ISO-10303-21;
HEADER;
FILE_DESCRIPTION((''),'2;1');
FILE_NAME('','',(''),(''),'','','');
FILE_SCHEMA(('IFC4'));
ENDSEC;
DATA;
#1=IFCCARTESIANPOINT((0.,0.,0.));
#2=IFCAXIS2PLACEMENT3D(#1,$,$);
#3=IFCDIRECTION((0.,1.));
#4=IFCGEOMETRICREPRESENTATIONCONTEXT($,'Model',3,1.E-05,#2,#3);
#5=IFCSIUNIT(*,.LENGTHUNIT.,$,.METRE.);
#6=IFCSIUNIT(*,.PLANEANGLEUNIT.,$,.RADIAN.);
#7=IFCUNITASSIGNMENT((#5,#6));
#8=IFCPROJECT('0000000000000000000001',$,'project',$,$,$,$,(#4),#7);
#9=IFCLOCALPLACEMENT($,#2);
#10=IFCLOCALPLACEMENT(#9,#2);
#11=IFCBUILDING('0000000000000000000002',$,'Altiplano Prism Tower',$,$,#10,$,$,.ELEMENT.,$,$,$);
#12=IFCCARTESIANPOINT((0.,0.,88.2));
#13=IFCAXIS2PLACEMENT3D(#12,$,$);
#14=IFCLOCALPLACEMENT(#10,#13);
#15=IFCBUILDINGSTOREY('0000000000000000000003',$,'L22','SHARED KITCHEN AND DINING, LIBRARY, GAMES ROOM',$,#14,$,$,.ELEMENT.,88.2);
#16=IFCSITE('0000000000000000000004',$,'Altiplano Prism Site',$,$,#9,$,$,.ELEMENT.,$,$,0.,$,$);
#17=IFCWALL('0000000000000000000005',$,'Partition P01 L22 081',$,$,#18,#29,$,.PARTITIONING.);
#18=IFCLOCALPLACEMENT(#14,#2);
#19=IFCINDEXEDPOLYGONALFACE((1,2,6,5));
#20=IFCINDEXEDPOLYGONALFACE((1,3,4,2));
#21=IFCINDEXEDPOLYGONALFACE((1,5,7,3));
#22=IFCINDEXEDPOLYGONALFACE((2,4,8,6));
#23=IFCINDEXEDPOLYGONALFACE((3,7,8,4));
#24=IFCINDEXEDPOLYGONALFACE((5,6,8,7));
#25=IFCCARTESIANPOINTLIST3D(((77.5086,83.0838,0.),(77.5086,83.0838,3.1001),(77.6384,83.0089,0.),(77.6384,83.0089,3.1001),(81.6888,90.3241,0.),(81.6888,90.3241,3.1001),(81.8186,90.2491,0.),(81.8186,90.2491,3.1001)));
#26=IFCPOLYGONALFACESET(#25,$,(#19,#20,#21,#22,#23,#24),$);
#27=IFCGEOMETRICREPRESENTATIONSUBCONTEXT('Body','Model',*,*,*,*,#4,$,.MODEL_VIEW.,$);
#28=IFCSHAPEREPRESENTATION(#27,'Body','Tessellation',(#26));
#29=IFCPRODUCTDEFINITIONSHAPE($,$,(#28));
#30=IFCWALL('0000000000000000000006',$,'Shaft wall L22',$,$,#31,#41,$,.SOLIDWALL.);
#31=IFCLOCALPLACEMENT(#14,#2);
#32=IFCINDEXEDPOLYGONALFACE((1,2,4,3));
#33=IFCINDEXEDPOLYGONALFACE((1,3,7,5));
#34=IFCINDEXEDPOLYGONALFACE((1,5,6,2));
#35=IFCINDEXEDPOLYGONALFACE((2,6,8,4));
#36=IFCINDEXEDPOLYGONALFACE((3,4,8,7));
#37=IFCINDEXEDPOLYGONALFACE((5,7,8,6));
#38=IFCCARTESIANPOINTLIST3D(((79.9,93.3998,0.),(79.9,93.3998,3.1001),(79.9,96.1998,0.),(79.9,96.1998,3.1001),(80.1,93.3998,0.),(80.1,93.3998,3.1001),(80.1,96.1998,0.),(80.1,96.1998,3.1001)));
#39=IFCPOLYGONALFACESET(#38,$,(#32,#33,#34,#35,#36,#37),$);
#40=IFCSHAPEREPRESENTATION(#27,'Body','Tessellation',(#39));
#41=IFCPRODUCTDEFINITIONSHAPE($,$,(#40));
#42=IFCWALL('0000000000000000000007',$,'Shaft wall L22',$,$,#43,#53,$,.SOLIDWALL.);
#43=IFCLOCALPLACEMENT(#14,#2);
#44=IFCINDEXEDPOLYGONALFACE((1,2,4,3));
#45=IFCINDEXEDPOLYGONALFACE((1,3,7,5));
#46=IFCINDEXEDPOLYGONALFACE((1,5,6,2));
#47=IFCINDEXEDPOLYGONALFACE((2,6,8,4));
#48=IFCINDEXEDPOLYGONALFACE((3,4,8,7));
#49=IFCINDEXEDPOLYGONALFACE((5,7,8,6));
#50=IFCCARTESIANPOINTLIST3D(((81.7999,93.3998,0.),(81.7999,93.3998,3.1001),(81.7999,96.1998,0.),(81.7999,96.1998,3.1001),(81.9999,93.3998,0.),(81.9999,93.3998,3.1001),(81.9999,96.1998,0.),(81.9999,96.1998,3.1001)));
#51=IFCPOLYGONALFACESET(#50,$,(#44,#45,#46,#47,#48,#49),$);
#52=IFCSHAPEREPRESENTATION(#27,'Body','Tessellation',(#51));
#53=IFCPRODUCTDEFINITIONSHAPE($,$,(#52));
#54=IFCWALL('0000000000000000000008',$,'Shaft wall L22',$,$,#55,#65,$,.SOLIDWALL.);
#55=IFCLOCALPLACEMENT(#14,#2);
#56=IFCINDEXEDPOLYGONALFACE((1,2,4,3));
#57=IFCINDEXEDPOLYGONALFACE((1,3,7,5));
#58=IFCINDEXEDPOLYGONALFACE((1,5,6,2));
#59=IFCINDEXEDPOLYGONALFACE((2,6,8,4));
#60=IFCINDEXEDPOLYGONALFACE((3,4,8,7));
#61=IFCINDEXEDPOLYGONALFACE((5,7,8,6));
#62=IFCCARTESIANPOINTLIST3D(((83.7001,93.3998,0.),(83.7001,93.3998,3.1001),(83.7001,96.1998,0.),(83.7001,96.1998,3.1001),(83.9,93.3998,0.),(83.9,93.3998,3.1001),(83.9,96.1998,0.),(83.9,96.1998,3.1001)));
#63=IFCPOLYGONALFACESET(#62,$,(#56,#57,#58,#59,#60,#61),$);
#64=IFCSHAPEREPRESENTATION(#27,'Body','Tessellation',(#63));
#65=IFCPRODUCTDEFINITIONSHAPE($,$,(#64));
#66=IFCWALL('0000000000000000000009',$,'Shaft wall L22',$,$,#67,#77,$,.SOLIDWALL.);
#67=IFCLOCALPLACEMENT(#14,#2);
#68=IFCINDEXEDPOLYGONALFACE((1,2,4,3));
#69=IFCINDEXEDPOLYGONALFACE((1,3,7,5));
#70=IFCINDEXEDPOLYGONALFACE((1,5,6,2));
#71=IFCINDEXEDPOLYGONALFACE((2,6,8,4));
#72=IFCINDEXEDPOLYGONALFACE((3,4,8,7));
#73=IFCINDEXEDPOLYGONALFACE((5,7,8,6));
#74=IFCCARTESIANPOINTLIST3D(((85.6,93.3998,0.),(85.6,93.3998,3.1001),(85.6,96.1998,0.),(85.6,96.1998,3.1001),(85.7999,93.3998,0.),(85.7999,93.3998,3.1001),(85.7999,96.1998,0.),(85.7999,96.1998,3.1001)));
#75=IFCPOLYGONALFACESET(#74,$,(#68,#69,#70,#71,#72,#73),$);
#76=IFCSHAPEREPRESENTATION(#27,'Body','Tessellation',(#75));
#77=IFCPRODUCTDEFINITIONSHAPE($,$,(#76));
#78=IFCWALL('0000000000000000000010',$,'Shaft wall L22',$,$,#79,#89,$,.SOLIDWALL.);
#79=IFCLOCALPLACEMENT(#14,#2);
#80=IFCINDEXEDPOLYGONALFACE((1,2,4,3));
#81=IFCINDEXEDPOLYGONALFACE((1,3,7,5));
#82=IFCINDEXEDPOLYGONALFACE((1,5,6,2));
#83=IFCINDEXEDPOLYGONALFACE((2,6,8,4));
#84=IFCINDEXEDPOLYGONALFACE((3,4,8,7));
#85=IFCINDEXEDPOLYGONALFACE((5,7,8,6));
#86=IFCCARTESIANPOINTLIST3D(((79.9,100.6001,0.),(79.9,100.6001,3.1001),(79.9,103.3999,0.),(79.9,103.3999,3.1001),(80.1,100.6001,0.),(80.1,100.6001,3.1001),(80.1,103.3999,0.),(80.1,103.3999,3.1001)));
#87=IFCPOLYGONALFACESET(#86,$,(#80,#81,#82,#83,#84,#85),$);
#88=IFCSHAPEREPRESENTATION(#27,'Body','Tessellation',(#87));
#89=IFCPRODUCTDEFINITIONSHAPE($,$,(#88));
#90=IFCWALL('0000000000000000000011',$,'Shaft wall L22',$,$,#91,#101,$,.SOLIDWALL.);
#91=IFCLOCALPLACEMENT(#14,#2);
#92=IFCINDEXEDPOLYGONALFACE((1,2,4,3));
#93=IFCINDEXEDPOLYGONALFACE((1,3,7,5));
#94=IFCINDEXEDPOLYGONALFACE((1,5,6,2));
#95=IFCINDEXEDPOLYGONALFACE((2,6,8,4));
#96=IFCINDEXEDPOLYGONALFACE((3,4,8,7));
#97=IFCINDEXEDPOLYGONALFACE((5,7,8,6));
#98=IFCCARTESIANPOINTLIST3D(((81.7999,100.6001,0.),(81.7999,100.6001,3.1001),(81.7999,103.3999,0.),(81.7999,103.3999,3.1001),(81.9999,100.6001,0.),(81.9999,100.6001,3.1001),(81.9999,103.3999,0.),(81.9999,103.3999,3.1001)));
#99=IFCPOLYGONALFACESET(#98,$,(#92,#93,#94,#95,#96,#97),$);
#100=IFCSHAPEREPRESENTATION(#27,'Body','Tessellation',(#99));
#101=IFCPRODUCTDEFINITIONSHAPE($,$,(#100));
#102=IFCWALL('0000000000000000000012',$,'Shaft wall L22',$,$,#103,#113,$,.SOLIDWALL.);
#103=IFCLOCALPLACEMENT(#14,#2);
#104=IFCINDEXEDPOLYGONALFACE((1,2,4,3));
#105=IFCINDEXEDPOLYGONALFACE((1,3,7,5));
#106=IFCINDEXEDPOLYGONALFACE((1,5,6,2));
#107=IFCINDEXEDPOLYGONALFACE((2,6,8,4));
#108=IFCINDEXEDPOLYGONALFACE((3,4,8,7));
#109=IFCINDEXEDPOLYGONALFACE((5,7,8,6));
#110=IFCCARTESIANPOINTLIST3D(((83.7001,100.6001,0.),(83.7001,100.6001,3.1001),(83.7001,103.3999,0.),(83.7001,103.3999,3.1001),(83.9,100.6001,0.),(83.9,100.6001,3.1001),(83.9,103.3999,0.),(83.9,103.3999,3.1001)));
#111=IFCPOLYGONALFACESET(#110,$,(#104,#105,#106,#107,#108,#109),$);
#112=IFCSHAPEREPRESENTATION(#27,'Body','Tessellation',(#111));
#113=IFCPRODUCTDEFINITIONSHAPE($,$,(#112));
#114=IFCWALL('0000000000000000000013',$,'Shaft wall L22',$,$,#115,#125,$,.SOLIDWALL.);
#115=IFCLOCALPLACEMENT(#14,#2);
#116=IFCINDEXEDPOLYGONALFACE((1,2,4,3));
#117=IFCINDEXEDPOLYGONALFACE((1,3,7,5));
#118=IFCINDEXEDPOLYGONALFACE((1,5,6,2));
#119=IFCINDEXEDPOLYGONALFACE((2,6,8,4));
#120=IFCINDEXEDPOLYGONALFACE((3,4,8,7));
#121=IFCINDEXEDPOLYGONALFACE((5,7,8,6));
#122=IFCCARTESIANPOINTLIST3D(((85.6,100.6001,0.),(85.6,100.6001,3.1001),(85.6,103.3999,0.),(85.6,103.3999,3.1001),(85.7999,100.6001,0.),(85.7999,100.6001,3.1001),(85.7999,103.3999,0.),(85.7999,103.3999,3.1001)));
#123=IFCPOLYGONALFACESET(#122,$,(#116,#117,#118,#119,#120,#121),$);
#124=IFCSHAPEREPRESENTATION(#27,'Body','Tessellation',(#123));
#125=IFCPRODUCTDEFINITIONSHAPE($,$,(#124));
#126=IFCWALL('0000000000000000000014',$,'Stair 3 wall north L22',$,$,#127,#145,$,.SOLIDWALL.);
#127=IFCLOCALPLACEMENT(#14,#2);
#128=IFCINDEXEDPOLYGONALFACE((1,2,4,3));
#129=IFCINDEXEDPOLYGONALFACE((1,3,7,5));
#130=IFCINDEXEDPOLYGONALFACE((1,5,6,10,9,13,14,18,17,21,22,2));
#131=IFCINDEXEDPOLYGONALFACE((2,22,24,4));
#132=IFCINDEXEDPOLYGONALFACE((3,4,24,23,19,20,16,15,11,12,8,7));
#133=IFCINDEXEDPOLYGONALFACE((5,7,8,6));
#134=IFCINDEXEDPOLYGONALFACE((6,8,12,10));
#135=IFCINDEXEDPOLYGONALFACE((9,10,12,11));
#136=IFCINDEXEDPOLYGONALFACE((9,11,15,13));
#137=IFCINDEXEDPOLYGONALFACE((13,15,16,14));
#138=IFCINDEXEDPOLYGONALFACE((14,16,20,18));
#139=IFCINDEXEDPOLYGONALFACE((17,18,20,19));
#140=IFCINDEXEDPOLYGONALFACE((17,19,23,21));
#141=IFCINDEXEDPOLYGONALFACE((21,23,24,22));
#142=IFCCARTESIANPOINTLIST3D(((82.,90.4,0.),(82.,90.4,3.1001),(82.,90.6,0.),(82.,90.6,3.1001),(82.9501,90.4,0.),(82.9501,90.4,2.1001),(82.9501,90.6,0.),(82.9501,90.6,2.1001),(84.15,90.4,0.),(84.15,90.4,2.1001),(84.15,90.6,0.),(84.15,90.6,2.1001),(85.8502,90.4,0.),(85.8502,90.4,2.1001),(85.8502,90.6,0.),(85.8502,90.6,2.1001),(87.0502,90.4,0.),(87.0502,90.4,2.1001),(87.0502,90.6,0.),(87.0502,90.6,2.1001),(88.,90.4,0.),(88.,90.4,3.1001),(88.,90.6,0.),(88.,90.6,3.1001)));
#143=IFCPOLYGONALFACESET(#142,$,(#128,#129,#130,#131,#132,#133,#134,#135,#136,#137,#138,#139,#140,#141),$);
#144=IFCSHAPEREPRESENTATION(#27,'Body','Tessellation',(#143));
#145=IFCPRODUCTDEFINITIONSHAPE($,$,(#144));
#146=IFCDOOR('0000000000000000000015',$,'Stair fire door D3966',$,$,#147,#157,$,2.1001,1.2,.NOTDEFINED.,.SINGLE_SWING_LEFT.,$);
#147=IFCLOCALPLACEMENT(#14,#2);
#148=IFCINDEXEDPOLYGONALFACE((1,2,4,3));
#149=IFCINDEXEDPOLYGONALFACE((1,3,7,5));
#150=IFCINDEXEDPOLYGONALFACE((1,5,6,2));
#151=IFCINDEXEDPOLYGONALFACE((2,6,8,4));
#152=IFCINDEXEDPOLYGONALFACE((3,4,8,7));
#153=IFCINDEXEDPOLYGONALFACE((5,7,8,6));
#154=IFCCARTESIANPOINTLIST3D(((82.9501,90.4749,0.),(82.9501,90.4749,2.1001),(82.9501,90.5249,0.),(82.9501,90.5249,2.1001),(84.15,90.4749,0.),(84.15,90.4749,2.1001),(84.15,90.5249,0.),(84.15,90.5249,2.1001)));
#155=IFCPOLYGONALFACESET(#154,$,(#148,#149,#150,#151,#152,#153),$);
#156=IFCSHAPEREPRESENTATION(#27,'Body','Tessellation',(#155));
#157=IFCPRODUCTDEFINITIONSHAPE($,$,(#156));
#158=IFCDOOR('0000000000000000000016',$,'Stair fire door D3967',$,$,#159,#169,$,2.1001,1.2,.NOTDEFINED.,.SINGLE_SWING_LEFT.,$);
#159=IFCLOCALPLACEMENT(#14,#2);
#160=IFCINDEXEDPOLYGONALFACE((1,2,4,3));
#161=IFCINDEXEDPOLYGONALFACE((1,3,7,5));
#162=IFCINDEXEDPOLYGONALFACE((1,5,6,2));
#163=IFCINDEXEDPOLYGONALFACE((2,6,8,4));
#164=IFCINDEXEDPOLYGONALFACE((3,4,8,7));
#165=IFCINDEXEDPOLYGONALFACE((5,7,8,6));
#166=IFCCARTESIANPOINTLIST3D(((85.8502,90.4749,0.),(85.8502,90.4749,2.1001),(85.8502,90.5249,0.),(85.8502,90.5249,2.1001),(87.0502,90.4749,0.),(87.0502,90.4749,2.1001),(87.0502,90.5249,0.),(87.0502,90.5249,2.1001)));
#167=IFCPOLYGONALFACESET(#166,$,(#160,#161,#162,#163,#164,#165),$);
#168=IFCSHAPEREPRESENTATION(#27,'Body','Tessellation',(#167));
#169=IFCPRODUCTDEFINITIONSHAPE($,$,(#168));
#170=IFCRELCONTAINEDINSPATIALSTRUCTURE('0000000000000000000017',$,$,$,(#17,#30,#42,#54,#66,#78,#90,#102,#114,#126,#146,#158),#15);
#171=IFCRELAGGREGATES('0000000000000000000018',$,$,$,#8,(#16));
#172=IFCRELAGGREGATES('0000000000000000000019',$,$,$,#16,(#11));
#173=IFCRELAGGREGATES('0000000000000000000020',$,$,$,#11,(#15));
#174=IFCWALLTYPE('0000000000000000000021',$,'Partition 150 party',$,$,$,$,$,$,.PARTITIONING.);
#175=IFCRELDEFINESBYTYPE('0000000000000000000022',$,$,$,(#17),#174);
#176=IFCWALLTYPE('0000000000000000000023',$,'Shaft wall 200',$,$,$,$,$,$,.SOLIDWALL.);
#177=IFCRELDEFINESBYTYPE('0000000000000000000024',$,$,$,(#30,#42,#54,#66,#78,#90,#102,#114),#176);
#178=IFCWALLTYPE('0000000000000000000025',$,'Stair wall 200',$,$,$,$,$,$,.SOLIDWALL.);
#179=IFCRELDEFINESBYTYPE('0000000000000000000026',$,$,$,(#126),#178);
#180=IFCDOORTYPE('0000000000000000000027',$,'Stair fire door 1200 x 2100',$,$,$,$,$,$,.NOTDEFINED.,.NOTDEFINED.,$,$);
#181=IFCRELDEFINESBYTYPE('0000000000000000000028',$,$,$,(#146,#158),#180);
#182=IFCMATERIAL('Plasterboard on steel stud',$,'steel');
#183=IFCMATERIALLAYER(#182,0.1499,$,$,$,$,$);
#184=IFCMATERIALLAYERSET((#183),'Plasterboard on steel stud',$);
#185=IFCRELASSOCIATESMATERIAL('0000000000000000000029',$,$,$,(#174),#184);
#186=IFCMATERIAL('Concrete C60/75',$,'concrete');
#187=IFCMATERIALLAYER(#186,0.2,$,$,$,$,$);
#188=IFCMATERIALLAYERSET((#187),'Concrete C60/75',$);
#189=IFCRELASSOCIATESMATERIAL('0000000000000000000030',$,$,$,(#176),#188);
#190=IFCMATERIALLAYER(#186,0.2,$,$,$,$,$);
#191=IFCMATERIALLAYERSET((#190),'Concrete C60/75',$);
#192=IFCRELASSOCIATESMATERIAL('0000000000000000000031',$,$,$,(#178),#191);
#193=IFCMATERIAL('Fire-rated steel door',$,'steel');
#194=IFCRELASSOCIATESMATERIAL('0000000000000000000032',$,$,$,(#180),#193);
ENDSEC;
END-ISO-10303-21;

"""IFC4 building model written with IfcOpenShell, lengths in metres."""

from ifc_helpers import new_model, si_unit, direction, frame, frame_2d, origin, place, context, subcontext, project, spatial, rectangle, extrude, material, layer, layer_set, type_object, element, fill, save


model = new_model("IFC4")

# Units and contexts
model_context = context("Model", 3, precision=1e-05, world=origin(), true_north=direction((0.0, 1.0)))
body_context = subcontext(model_context, "Body", "Model", "MODEL_VIEW")
ifc_project = project(units=[si_unit("LENGTHUNIT", "METRE"), si_unit("PLANEANGLEUNIT", "RADIAN")], contexts=[model_context])

# Site, building, storey
site_placement = place(None, origin())
site = spatial("IfcSite", under=ifc_project, at=site_placement, Name="Altiplano Prism Site", CompositionType="ELEMENT", RefElevation=0.0)
building_placement = place(site_placement, origin())
building = spatial("IfcBuilding", under=site, at=building_placement, Name="Altiplano Prism Tower", CompositionType="ELEMENT")
storey_placement = place(building_placement, frame((0.0, 0.0, 88.2)))
storey = spatial("IfcBuildingStorey", under=building, at=storey_placement, Name="L22", Description="SHARED KITCHEN AND DINING, LIBRARY, GAMES ROOM", CompositionType="ELEMENT", Elevation=88.2)

# Walls
ifc_material_1 = material(Name="Plasterboard on steel stud", Category="steel")
ifc_layer_1 = layer(ifc_material_1, 0.1499)
ifc_layer_set_1 = layer_set([ifc_layer_1], Name="Plasterboard on steel stud")
wall_type_1 = type_object("IfcWallType", Name="Partition 150 party", PredefinedType="PARTITIONING", material=ifc_layer_set_1)
wall_1_placement = place(storey_placement, frame((81.7537, 90.2866, 0.0), z_axis=(0.0, 0.0, 1.0), x_axis=(-0.500002, -0.866024, 0.0)))
element("IfcWall", 1, at=wall_1_placement, inside=storey, type_object=wall_type_1, Name="Partition P01 L22 081", PredefinedType="PARTITIONING", context=body_context, shape_type="SweptSolid", body=[
    extrude(rectangle(XDim=8.3604, YDim=0.1499, at=frame_2d((4.1802, 0.0))), origin(), (0.0, 0.0, 1.0), 3.1001),
])
ifc_material_2 = material(Name="Concrete C60/75", Category="concrete")
ifc_layer_2 = layer(ifc_material_2, 0.2)
ifc_layer_set_2 = layer_set([ifc_layer_2], Name="Concrete C60/75")
wall_type_2 = type_object("IfcWallType", Name="Shaft wall 200", PredefinedType="SOLIDWALL", material=ifc_layer_set_2)
for number, where, z_axis, x_axis, name in (
    (2, (80.0, 93.3999, 0.0), (0.0, 0.0, 1.0), (0.0, 1.0, 0.0), "Shaft wall L22"),
    (3, (81.8999, 93.3999, 0.0), (0.0, 0.0, 1.0), (0.0, 1.0, 0.0), "Shaft wall L22"),
    (4, (83.8, 93.3999, 0.0), (0.0, 0.0, 1.0), (0.0, 1.0, 0.0), "Shaft wall L22"),
    (5, (85.7, 93.3999, 0.0), (0.0, 0.0, 1.0), (0.0, 1.0, 0.0), "Shaft wall L22"),
):
    element("IfcWall", number, at=place(storey_placement, frame(where, z_axis=z_axis, x_axis=x_axis)), inside=storey, type_object=wall_type_2, Name=name, PredefinedType="SOLIDWALL", context=body_context, shape_type="SweptSolid", body=[
        extrude(rectangle(XDim=2.8, YDim=0.2, at=frame_2d((1.3999, 0.0))), origin(), (0.0, 0.0, 1.0), 3.1001),
    ])
for number, where, z_axis, x_axis, name in (
    (6, (80.0, 100.6001, 0.0), (0.0, 0.0, 1.0), (0.0, 1.0, 0.0), "Shaft wall L22"),
    (7, (81.8999, 100.6001, 0.0), (0.0, 0.0, 1.0), (0.0, 1.0, 0.0), "Shaft wall L22"),
    (8, (83.8, 100.6001, 0.0), (0.0, 0.0, 1.0), (0.0, 1.0, 0.0), "Shaft wall L22"),
    (9, (85.7, 100.6001, 0.0), (0.0, 0.0, 1.0), (0.0, 1.0, 0.0), "Shaft wall L22"),
):
    element("IfcWall", number, at=place(storey_placement, frame(where, z_axis=z_axis, x_axis=x_axis)), inside=storey, type_object=wall_type_2, Name=name, PredefinedType="SOLIDWALL", context=body_context, shape_type="SweptSolid", body=[
        extrude(rectangle(XDim=2.7998, YDim=0.2, at=frame_2d((1.3999, 0.0))), origin(), (0.0, 0.0, 1.0), 3.1001),
    ])

# Wall, openings, doors
ifc_layer_3 = layer(ifc_material_2, 0.2)
ifc_layer_set_3 = layer_set([ifc_layer_3], Name="Concrete C60/75")
wall_type_3 = type_object("IfcWallType", Name="Stair wall 200", PredefinedType="SOLIDWALL", material=ifc_layer_set_3)
wall_2_placement = place(storey_placement, frame((82.0, 90.5, 0.0), z_axis=(0.0, 0.0, 1.0), x_axis=(1.0, 0.0, 0.0)))
wall_2 = element("IfcWall", 10, at=wall_2_placement, inside=storey, type_object=wall_type_3, Name="Stair 3 wall north L22", PredefinedType="SOLIDWALL", context=body_context, shape_type="SweptSolid", body=[
    extrude(rectangle(XDim=6.0, YDim=0.2, at=frame_2d((3.0, 0.0))), origin(), (0.0, 0.0, 1.0), 3.1001),
])
opening_1_placement = place(wall_2_placement, frame((0.95, 0.0, 0.0)))
opening_1 = element("IfcOpeningElement", 11, at=opening_1_placement, cuts=wall_2, PredefinedType="OPENING", context=body_context, shape_type="SweptSolid", body=[
    extrude(rectangle(XDim=1.2, YDim=2.1001, at=frame_2d((0.6001, 1.05))), frame((0.0, 0.1104, 0.0), z_axis=(0.0, -1.0, 0.0), x_axis=(1.0, 0.0, 0.0)), (0.0, 0.0, 1.0), 0.2209),
])
opening_2_placement = place(wall_2_placement, frame((3.8501, 0.0, 0.0)))
opening_2 = element("IfcOpeningElement", 12, at=opening_2_placement, cuts=wall_2, PredefinedType="OPENING", context=body_context, shape_type="SweptSolid", body=[
    extrude(rectangle(XDim=1.2, YDim=2.1001, at=frame_2d((0.6001, 1.05))), frame((0.0, 0.1104, 0.0), z_axis=(0.0, -1.0, 0.0), x_axis=(1.0, 0.0, 0.0)), (0.0, 0.0, 1.0), 0.2209),
])
ifc_material_3 = material(Name="Fire-rated steel door", Category="steel")
door_type = type_object("IfcDoorType", Name="Stair fire door 1200 x 2100", OperationType="NOTDEFINED", PredefinedType="NOTDEFINED", material=ifc_material_3)
door_1_placement = place(opening_1_placement, origin())
door_1 = element("IfcDoor", 13, at=door_1_placement, inside=storey, type_object=door_type, Name="Stair fire door D3966", OperationType="SINGLE_SWING_LEFT", OverallHeight=2.1001, OverallWidth=1.2, PredefinedType="NOTDEFINED", context=body_context, shape_type="SweptSolid", body=[
    extrude(rectangle(XDim=1.2, YDim=2.1001, at=frame_2d((0.6001, 1.05))), frame((0.0, 0.0249, 0.0), z_axis=(0.0, -1.0, 0.0), x_axis=(1.0, 0.0, 0.0)), (0.0, 0.0, 1.0), 0.05),
])
fill(opening_1, door_1)
door_2_placement = place(opening_2_placement, origin())
door_2 = element("IfcDoor", 14, at=door_2_placement, inside=storey, type_object=door_type, Name="Stair fire door D3967", OperationType="SINGLE_SWING_LEFT", OverallHeight=2.1001, OverallWidth=1.2, PredefinedType="NOTDEFINED", context=body_context, shape_type="SweptSolid", body=[
    extrude(rectangle(XDim=1.2, YDim=2.1001, at=frame_2d((0.6001, 1.05))), frame((0.0, 0.0249, 0.0), z_axis=(0.0, -1.0, 0.0), x_axis=(1.0, 0.0, 0.0)), (0.0, 0.0, 1.0), 0.05),
])
fill(opening_2, door_2)

save(model, "model.ifc")
